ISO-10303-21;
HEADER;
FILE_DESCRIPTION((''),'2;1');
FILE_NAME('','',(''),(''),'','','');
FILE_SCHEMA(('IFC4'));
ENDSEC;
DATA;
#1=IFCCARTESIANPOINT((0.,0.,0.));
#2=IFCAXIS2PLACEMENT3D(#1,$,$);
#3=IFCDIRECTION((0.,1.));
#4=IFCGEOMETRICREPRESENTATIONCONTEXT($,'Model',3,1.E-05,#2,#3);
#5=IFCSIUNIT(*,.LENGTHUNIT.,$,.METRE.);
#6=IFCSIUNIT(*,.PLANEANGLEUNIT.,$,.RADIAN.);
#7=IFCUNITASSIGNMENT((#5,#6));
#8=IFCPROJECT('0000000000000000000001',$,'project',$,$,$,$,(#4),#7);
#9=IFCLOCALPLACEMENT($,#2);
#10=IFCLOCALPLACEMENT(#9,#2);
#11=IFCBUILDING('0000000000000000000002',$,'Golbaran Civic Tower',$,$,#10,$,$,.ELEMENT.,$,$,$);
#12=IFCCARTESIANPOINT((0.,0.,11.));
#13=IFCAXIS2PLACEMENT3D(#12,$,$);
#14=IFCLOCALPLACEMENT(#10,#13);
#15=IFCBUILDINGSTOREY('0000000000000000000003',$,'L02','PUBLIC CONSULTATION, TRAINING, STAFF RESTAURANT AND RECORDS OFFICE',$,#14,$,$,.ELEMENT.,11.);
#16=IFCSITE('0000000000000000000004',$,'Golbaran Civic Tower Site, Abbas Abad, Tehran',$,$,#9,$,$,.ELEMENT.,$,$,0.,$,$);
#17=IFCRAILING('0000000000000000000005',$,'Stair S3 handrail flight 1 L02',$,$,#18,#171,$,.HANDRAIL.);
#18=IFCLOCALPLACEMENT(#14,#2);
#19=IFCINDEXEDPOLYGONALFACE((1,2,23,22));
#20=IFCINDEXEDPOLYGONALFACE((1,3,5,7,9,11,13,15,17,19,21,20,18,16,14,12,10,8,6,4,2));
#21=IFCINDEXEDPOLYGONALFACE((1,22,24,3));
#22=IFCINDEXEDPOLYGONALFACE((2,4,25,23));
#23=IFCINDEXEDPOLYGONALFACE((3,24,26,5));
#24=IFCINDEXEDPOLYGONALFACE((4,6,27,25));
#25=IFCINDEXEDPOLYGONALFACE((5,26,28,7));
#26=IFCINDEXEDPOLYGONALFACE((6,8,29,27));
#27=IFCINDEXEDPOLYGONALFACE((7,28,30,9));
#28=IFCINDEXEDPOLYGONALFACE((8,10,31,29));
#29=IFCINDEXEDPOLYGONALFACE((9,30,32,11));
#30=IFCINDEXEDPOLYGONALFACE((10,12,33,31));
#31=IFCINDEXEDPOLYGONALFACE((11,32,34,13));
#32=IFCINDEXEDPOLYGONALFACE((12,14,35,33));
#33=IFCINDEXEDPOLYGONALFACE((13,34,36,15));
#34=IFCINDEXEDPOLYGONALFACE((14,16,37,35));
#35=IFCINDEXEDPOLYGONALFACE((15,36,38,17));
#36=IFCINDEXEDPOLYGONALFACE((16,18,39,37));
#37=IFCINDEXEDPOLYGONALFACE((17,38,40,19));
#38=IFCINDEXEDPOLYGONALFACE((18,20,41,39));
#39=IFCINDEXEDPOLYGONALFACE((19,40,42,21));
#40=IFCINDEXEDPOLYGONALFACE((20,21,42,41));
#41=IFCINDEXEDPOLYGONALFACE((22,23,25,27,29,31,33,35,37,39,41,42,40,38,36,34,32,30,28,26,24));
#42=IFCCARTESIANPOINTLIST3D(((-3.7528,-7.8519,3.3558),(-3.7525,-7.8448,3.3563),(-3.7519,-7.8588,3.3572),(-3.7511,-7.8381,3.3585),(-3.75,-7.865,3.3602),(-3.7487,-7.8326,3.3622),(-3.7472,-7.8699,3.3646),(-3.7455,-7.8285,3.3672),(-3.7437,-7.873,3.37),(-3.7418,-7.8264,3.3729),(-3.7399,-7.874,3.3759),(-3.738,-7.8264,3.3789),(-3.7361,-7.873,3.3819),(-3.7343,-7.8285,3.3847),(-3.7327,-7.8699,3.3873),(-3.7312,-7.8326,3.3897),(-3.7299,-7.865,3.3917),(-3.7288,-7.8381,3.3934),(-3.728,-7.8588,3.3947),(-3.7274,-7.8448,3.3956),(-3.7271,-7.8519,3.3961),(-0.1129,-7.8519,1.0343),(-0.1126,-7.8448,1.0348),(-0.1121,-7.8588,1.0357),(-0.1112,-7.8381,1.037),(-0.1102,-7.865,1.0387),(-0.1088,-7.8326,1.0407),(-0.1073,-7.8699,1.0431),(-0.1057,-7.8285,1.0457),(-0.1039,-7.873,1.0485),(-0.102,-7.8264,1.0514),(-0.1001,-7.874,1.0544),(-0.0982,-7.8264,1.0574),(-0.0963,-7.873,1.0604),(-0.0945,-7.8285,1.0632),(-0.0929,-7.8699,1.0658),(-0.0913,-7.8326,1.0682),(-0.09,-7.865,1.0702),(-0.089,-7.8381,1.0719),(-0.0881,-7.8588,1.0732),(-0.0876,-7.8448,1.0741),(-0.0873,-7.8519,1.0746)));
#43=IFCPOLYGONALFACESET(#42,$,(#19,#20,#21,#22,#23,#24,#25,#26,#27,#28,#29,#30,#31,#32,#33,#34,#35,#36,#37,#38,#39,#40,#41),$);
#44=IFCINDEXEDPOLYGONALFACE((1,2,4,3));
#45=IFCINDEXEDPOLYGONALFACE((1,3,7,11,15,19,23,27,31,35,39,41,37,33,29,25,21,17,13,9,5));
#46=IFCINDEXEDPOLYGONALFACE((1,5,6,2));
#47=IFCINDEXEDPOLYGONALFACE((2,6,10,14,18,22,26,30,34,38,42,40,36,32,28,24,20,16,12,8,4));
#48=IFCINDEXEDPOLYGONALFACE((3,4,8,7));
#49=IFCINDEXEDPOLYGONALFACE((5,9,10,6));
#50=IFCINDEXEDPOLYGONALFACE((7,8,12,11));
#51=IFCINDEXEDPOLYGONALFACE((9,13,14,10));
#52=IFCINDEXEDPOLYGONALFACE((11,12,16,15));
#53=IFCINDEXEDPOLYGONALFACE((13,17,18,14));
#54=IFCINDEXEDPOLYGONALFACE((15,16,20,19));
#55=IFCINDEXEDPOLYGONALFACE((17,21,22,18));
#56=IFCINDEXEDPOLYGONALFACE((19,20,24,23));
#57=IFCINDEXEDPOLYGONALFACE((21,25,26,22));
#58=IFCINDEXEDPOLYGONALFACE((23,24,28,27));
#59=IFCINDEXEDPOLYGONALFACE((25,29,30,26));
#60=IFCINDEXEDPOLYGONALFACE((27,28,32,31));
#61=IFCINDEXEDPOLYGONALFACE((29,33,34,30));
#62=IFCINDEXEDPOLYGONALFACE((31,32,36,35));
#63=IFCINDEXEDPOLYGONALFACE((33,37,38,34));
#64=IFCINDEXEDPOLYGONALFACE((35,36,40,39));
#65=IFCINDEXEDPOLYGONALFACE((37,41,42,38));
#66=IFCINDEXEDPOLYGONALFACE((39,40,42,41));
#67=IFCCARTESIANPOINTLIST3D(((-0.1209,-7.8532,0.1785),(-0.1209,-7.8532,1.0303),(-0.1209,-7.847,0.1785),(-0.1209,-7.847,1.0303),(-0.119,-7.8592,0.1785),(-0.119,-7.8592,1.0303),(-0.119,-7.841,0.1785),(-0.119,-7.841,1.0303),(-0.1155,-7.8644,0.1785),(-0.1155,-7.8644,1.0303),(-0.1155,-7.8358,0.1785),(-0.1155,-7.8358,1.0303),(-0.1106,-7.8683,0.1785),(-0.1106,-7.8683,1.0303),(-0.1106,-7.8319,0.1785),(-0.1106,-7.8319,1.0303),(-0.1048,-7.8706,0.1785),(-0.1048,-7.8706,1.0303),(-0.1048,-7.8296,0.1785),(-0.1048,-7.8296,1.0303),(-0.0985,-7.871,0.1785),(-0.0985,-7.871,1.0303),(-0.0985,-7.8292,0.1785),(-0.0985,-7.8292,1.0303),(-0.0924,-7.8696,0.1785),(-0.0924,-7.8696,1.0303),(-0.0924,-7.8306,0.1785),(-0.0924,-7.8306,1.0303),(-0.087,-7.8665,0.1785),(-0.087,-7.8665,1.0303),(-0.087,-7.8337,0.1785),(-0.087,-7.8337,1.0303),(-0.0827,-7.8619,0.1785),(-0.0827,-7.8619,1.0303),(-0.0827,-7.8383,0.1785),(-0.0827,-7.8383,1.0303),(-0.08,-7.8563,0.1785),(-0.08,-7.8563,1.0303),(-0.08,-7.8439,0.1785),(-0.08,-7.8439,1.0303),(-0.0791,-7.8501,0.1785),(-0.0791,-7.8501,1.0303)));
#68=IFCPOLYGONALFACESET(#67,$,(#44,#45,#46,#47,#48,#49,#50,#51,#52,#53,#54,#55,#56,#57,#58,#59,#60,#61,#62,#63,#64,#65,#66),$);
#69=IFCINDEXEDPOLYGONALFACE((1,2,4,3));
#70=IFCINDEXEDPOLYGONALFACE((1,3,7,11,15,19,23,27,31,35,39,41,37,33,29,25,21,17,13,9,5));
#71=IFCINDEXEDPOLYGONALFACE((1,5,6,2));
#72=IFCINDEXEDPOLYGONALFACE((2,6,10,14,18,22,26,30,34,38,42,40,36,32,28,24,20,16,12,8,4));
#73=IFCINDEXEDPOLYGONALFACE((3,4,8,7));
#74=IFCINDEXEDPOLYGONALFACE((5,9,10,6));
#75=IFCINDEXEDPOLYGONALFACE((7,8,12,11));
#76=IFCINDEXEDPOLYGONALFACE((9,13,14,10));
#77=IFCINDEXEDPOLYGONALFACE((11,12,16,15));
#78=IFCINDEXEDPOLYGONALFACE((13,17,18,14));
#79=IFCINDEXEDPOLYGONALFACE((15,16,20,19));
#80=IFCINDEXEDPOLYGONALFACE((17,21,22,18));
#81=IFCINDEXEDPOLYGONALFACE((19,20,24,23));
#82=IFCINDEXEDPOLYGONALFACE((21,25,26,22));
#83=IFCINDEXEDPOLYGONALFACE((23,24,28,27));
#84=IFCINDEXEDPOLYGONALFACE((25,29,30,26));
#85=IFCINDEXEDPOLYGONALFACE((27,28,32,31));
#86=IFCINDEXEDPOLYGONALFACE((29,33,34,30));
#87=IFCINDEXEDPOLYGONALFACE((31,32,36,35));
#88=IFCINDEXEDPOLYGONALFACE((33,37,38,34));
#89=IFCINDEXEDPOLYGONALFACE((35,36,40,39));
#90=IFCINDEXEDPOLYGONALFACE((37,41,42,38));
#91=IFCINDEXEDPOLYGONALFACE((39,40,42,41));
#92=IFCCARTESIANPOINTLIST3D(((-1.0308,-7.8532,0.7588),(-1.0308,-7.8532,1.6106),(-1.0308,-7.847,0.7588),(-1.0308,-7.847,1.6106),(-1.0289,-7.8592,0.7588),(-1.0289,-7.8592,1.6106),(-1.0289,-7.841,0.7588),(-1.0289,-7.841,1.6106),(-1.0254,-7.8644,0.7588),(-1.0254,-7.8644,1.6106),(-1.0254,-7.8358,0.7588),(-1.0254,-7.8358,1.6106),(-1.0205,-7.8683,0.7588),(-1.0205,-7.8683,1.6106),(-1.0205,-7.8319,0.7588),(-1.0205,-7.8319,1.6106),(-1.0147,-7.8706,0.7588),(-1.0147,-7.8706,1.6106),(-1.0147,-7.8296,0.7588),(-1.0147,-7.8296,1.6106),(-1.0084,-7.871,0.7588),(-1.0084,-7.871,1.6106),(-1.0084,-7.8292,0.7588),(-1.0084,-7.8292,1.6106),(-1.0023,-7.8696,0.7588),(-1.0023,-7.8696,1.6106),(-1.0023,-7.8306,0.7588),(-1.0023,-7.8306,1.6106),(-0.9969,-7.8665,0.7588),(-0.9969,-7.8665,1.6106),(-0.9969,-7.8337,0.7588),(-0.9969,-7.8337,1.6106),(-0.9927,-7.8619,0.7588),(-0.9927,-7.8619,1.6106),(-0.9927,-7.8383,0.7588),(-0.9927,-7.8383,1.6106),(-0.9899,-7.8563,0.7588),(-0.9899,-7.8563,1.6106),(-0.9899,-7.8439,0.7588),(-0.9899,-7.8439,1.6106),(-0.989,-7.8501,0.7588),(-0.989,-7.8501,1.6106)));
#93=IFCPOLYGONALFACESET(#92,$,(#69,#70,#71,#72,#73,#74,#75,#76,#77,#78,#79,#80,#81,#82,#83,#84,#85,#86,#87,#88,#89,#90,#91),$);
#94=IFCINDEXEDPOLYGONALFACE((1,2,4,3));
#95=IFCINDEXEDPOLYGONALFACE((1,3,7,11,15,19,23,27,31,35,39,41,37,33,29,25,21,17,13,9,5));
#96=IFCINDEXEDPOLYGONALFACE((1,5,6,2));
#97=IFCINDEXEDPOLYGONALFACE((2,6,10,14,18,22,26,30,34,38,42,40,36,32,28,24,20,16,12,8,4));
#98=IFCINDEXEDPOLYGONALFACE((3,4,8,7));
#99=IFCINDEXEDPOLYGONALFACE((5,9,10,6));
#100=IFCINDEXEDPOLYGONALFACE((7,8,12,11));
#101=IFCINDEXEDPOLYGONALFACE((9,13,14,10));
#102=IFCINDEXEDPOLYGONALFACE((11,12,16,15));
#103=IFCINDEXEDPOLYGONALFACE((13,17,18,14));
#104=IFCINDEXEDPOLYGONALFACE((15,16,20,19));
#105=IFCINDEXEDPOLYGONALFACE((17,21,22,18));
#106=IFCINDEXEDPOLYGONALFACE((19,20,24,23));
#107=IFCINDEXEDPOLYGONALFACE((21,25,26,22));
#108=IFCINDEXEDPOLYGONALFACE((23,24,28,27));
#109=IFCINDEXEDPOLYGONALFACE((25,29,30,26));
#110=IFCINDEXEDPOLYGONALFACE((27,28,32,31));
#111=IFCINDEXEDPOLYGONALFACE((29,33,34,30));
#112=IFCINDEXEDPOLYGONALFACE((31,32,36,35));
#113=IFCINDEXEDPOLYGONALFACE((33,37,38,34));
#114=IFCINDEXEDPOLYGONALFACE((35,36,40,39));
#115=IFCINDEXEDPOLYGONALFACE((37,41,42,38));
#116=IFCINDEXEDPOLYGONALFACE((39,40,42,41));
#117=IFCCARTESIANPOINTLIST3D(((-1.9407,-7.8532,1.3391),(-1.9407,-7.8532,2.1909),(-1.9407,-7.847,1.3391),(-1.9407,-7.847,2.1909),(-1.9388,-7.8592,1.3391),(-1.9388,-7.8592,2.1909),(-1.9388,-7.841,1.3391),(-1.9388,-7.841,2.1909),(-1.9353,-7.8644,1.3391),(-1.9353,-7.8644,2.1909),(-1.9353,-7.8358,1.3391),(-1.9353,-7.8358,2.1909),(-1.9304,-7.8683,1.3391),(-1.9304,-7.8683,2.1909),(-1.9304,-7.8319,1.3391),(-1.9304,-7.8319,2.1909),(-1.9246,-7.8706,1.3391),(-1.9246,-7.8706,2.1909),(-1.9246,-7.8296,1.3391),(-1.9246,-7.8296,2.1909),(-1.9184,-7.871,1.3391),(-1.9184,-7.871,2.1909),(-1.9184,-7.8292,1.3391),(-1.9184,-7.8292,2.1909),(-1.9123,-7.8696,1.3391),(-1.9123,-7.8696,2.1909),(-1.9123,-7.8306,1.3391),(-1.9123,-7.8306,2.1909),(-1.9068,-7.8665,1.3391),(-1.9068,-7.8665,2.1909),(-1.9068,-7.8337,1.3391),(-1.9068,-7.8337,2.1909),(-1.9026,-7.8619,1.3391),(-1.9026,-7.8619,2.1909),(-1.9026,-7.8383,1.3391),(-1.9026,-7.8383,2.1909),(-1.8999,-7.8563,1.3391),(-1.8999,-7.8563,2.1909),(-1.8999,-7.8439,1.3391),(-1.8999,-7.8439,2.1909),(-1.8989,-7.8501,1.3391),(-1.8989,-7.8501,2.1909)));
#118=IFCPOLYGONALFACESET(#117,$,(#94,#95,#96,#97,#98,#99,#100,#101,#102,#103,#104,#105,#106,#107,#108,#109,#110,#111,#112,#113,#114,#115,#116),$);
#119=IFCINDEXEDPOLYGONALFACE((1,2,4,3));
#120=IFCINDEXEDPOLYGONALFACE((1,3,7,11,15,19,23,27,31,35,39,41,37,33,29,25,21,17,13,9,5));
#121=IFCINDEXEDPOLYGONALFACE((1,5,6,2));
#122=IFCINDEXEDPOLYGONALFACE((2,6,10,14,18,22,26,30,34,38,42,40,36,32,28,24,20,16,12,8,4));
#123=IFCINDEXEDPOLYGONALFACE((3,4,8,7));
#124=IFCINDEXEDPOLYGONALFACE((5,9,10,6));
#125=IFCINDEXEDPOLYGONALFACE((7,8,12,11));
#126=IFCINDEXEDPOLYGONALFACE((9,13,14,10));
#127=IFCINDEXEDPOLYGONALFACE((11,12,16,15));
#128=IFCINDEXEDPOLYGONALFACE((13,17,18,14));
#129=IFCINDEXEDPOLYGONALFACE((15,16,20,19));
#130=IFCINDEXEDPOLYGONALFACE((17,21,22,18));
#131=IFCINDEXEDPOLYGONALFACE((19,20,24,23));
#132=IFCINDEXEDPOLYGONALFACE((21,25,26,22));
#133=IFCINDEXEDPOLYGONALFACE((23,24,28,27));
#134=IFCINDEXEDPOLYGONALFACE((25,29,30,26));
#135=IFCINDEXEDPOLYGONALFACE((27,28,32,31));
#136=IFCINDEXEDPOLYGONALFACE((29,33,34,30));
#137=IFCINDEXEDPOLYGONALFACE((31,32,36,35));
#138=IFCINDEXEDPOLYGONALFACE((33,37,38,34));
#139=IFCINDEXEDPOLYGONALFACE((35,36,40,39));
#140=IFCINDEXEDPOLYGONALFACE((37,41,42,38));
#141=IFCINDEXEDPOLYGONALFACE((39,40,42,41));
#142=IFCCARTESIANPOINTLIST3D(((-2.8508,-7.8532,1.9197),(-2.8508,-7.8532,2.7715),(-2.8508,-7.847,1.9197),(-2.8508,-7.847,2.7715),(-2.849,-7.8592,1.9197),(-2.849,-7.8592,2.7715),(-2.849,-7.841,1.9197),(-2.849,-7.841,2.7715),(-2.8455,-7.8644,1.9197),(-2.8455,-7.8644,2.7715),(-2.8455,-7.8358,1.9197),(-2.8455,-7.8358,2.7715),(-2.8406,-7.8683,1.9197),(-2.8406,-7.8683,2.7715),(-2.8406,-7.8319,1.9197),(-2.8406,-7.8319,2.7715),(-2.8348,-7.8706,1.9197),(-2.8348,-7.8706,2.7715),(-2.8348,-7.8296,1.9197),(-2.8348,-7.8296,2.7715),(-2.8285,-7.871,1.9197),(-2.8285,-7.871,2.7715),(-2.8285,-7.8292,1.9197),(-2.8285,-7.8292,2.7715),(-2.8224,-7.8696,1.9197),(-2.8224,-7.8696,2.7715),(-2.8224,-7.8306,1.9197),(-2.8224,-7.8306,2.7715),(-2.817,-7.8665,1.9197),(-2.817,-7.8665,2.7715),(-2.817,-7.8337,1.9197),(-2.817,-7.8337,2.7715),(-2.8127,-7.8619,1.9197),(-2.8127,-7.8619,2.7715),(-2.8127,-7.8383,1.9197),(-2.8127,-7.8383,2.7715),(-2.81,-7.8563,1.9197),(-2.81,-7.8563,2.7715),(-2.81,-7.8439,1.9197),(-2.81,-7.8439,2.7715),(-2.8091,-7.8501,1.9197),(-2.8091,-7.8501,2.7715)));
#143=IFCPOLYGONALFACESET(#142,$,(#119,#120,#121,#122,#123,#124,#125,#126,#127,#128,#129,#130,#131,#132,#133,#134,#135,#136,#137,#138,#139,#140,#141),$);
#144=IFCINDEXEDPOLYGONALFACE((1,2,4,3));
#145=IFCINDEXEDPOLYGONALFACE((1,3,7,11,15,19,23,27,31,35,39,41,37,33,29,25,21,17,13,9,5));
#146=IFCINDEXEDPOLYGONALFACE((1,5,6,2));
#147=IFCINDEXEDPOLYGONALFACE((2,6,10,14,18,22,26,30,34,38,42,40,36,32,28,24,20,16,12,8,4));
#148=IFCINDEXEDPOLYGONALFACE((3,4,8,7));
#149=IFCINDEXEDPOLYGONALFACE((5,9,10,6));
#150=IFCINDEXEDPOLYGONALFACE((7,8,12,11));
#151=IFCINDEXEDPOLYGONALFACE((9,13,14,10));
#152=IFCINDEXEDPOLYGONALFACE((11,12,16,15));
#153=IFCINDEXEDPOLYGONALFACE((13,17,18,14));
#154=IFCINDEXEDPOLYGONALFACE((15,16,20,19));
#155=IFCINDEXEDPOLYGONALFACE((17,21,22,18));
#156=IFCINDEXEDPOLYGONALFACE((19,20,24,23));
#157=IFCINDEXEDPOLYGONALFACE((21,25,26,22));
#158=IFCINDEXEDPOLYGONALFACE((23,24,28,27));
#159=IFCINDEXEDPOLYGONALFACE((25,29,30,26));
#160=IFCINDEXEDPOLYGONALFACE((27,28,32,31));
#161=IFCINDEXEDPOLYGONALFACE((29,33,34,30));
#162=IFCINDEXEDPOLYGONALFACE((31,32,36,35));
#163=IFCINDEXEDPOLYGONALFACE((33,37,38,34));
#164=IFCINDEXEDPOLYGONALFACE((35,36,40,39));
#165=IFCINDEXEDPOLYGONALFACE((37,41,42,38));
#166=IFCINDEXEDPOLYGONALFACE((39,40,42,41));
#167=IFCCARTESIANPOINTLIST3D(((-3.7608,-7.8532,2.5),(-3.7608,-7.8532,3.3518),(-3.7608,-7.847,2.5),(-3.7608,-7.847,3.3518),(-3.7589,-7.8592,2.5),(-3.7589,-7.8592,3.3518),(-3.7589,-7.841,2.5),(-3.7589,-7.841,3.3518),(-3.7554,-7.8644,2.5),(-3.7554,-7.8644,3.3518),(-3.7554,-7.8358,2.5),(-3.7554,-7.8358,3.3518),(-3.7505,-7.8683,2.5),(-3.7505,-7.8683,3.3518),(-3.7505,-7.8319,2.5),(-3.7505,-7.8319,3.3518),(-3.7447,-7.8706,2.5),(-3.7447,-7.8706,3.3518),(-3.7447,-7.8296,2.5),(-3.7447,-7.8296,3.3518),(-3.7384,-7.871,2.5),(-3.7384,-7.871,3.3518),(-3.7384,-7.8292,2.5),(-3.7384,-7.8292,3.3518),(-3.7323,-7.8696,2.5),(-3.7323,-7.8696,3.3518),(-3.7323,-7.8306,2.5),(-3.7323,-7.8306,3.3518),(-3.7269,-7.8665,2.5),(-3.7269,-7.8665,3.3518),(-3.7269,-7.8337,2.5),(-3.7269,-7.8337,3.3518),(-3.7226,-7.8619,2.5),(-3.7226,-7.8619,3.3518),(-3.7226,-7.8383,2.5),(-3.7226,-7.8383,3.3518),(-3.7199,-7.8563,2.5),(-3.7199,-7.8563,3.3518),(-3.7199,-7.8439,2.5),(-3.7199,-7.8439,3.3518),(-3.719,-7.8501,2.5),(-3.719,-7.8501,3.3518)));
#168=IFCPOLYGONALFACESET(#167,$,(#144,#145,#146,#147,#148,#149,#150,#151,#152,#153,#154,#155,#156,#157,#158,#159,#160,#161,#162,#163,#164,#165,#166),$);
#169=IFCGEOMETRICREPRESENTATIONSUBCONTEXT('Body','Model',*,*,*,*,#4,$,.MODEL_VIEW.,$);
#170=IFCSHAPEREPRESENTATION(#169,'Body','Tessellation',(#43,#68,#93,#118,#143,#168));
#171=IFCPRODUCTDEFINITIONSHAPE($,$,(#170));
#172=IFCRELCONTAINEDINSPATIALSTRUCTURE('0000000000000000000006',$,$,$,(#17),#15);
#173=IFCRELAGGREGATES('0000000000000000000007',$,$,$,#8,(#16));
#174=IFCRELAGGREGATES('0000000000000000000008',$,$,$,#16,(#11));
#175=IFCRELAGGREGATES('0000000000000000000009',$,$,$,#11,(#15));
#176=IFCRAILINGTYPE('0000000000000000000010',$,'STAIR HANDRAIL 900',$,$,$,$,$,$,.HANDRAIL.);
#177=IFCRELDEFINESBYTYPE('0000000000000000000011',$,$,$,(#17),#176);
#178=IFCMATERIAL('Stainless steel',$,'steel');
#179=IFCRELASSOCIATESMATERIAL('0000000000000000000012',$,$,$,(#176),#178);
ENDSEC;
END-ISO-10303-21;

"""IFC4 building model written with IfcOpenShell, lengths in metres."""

from ifc_helpers import new_model, si_unit, direction, frame, origin, origin_2d, place, context, subcontext, project, spatial, circle, extrude, material, type_object, element, save


model = new_model("IFC4")

# Units and contexts
model_context = context("Model", 3, precision=1e-05, world=origin(), true_north=direction((0.0, 1.0)))
body_context = subcontext(model_context, "Body", "Model", "MODEL_VIEW")
ifc_project = project(units=[si_unit("LENGTHUNIT", "METRE"), si_unit("PLANEANGLEUNIT", "RADIAN")], contexts=[model_context])

# Site, building, storey
site_placement = place(None, origin())
site = spatial("IfcSite", under=ifc_project, at=site_placement, Name="Golbaran Civic Tower Site, Abbas Abad, Tehran", CompositionType="ELEMENT", RefElevation=0.0)
building_placement = place(site_placement, origin())
building = spatial("IfcBuilding", under=site, at=building_placement, Name="Golbaran Civic Tower", CompositionType="ELEMENT")
storey_placement = place(building_placement, frame((0.0, 0.0, 11.0)))
storey = spatial("IfcBuildingStorey", under=building, at=storey_placement, Name="L02", Description="PUBLIC CONSULTATION, TRAINING, STAFF RESTAURANT AND RECORDS OFFICE", CompositionType="ELEMENT", Elevation=11.0)

# Railing
ifc_material_1 = material(Name="Stainless steel", Category="steel")
railing_type_1 = type_object("IfcRailingType", Name="STAIR HANDRAIL 900", PredefinedType="HANDRAIL", material=ifc_material_1)
railing_1_placement = place(storey_placement, frame((-0.1001, -7.8501, 0.1785)))
element("IfcRailing", 1, at=railing_1_placement, inside=storey, type_object=railing_type_1, Name="Stair S3 handrail flight 1 L02", PredefinedType="HANDRAIL", context=body_context, shape_type="SweptSolid", body=[
    extrude(circle(Radius=0.0239, at=origin_2d()), frame((0.0, 0.0, 0.876), z_axis=(-0.843112, 0.0, 0.537739), x_axis=(0.0, -1.0, 0.0)), (0.0, 0.0, 1.0), 4.3171),
    extrude(circle(Radius=0.021, at=origin_2d()), origin(), (0.0, 0.0, 1.0), 0.8518),
    extrude(circle(Radius=0.021, at=origin_2d()), frame((-0.9099, 0.0, 0.5803)), (0.0, 0.0, 1.0), 0.8518),
    extrude(circle(Radius=0.021, at=origin_2d()), frame((-1.8198, 0.0, 1.1606)), (0.0, 0.0, 1.0), 0.8518),
    extrude(circle(Radius=0.021, at=origin_2d()), frame((-2.73, 0.0, 1.7412)), (0.0, 0.0, 1.0), 0.8518),
    extrude(circle(Radius=0.021, at=origin_2d()), frame((-3.6399, 0.0, 2.3215)), (0.0, 0.0, 1.0), 0.8518),
])

save(model, "model.ifc")
